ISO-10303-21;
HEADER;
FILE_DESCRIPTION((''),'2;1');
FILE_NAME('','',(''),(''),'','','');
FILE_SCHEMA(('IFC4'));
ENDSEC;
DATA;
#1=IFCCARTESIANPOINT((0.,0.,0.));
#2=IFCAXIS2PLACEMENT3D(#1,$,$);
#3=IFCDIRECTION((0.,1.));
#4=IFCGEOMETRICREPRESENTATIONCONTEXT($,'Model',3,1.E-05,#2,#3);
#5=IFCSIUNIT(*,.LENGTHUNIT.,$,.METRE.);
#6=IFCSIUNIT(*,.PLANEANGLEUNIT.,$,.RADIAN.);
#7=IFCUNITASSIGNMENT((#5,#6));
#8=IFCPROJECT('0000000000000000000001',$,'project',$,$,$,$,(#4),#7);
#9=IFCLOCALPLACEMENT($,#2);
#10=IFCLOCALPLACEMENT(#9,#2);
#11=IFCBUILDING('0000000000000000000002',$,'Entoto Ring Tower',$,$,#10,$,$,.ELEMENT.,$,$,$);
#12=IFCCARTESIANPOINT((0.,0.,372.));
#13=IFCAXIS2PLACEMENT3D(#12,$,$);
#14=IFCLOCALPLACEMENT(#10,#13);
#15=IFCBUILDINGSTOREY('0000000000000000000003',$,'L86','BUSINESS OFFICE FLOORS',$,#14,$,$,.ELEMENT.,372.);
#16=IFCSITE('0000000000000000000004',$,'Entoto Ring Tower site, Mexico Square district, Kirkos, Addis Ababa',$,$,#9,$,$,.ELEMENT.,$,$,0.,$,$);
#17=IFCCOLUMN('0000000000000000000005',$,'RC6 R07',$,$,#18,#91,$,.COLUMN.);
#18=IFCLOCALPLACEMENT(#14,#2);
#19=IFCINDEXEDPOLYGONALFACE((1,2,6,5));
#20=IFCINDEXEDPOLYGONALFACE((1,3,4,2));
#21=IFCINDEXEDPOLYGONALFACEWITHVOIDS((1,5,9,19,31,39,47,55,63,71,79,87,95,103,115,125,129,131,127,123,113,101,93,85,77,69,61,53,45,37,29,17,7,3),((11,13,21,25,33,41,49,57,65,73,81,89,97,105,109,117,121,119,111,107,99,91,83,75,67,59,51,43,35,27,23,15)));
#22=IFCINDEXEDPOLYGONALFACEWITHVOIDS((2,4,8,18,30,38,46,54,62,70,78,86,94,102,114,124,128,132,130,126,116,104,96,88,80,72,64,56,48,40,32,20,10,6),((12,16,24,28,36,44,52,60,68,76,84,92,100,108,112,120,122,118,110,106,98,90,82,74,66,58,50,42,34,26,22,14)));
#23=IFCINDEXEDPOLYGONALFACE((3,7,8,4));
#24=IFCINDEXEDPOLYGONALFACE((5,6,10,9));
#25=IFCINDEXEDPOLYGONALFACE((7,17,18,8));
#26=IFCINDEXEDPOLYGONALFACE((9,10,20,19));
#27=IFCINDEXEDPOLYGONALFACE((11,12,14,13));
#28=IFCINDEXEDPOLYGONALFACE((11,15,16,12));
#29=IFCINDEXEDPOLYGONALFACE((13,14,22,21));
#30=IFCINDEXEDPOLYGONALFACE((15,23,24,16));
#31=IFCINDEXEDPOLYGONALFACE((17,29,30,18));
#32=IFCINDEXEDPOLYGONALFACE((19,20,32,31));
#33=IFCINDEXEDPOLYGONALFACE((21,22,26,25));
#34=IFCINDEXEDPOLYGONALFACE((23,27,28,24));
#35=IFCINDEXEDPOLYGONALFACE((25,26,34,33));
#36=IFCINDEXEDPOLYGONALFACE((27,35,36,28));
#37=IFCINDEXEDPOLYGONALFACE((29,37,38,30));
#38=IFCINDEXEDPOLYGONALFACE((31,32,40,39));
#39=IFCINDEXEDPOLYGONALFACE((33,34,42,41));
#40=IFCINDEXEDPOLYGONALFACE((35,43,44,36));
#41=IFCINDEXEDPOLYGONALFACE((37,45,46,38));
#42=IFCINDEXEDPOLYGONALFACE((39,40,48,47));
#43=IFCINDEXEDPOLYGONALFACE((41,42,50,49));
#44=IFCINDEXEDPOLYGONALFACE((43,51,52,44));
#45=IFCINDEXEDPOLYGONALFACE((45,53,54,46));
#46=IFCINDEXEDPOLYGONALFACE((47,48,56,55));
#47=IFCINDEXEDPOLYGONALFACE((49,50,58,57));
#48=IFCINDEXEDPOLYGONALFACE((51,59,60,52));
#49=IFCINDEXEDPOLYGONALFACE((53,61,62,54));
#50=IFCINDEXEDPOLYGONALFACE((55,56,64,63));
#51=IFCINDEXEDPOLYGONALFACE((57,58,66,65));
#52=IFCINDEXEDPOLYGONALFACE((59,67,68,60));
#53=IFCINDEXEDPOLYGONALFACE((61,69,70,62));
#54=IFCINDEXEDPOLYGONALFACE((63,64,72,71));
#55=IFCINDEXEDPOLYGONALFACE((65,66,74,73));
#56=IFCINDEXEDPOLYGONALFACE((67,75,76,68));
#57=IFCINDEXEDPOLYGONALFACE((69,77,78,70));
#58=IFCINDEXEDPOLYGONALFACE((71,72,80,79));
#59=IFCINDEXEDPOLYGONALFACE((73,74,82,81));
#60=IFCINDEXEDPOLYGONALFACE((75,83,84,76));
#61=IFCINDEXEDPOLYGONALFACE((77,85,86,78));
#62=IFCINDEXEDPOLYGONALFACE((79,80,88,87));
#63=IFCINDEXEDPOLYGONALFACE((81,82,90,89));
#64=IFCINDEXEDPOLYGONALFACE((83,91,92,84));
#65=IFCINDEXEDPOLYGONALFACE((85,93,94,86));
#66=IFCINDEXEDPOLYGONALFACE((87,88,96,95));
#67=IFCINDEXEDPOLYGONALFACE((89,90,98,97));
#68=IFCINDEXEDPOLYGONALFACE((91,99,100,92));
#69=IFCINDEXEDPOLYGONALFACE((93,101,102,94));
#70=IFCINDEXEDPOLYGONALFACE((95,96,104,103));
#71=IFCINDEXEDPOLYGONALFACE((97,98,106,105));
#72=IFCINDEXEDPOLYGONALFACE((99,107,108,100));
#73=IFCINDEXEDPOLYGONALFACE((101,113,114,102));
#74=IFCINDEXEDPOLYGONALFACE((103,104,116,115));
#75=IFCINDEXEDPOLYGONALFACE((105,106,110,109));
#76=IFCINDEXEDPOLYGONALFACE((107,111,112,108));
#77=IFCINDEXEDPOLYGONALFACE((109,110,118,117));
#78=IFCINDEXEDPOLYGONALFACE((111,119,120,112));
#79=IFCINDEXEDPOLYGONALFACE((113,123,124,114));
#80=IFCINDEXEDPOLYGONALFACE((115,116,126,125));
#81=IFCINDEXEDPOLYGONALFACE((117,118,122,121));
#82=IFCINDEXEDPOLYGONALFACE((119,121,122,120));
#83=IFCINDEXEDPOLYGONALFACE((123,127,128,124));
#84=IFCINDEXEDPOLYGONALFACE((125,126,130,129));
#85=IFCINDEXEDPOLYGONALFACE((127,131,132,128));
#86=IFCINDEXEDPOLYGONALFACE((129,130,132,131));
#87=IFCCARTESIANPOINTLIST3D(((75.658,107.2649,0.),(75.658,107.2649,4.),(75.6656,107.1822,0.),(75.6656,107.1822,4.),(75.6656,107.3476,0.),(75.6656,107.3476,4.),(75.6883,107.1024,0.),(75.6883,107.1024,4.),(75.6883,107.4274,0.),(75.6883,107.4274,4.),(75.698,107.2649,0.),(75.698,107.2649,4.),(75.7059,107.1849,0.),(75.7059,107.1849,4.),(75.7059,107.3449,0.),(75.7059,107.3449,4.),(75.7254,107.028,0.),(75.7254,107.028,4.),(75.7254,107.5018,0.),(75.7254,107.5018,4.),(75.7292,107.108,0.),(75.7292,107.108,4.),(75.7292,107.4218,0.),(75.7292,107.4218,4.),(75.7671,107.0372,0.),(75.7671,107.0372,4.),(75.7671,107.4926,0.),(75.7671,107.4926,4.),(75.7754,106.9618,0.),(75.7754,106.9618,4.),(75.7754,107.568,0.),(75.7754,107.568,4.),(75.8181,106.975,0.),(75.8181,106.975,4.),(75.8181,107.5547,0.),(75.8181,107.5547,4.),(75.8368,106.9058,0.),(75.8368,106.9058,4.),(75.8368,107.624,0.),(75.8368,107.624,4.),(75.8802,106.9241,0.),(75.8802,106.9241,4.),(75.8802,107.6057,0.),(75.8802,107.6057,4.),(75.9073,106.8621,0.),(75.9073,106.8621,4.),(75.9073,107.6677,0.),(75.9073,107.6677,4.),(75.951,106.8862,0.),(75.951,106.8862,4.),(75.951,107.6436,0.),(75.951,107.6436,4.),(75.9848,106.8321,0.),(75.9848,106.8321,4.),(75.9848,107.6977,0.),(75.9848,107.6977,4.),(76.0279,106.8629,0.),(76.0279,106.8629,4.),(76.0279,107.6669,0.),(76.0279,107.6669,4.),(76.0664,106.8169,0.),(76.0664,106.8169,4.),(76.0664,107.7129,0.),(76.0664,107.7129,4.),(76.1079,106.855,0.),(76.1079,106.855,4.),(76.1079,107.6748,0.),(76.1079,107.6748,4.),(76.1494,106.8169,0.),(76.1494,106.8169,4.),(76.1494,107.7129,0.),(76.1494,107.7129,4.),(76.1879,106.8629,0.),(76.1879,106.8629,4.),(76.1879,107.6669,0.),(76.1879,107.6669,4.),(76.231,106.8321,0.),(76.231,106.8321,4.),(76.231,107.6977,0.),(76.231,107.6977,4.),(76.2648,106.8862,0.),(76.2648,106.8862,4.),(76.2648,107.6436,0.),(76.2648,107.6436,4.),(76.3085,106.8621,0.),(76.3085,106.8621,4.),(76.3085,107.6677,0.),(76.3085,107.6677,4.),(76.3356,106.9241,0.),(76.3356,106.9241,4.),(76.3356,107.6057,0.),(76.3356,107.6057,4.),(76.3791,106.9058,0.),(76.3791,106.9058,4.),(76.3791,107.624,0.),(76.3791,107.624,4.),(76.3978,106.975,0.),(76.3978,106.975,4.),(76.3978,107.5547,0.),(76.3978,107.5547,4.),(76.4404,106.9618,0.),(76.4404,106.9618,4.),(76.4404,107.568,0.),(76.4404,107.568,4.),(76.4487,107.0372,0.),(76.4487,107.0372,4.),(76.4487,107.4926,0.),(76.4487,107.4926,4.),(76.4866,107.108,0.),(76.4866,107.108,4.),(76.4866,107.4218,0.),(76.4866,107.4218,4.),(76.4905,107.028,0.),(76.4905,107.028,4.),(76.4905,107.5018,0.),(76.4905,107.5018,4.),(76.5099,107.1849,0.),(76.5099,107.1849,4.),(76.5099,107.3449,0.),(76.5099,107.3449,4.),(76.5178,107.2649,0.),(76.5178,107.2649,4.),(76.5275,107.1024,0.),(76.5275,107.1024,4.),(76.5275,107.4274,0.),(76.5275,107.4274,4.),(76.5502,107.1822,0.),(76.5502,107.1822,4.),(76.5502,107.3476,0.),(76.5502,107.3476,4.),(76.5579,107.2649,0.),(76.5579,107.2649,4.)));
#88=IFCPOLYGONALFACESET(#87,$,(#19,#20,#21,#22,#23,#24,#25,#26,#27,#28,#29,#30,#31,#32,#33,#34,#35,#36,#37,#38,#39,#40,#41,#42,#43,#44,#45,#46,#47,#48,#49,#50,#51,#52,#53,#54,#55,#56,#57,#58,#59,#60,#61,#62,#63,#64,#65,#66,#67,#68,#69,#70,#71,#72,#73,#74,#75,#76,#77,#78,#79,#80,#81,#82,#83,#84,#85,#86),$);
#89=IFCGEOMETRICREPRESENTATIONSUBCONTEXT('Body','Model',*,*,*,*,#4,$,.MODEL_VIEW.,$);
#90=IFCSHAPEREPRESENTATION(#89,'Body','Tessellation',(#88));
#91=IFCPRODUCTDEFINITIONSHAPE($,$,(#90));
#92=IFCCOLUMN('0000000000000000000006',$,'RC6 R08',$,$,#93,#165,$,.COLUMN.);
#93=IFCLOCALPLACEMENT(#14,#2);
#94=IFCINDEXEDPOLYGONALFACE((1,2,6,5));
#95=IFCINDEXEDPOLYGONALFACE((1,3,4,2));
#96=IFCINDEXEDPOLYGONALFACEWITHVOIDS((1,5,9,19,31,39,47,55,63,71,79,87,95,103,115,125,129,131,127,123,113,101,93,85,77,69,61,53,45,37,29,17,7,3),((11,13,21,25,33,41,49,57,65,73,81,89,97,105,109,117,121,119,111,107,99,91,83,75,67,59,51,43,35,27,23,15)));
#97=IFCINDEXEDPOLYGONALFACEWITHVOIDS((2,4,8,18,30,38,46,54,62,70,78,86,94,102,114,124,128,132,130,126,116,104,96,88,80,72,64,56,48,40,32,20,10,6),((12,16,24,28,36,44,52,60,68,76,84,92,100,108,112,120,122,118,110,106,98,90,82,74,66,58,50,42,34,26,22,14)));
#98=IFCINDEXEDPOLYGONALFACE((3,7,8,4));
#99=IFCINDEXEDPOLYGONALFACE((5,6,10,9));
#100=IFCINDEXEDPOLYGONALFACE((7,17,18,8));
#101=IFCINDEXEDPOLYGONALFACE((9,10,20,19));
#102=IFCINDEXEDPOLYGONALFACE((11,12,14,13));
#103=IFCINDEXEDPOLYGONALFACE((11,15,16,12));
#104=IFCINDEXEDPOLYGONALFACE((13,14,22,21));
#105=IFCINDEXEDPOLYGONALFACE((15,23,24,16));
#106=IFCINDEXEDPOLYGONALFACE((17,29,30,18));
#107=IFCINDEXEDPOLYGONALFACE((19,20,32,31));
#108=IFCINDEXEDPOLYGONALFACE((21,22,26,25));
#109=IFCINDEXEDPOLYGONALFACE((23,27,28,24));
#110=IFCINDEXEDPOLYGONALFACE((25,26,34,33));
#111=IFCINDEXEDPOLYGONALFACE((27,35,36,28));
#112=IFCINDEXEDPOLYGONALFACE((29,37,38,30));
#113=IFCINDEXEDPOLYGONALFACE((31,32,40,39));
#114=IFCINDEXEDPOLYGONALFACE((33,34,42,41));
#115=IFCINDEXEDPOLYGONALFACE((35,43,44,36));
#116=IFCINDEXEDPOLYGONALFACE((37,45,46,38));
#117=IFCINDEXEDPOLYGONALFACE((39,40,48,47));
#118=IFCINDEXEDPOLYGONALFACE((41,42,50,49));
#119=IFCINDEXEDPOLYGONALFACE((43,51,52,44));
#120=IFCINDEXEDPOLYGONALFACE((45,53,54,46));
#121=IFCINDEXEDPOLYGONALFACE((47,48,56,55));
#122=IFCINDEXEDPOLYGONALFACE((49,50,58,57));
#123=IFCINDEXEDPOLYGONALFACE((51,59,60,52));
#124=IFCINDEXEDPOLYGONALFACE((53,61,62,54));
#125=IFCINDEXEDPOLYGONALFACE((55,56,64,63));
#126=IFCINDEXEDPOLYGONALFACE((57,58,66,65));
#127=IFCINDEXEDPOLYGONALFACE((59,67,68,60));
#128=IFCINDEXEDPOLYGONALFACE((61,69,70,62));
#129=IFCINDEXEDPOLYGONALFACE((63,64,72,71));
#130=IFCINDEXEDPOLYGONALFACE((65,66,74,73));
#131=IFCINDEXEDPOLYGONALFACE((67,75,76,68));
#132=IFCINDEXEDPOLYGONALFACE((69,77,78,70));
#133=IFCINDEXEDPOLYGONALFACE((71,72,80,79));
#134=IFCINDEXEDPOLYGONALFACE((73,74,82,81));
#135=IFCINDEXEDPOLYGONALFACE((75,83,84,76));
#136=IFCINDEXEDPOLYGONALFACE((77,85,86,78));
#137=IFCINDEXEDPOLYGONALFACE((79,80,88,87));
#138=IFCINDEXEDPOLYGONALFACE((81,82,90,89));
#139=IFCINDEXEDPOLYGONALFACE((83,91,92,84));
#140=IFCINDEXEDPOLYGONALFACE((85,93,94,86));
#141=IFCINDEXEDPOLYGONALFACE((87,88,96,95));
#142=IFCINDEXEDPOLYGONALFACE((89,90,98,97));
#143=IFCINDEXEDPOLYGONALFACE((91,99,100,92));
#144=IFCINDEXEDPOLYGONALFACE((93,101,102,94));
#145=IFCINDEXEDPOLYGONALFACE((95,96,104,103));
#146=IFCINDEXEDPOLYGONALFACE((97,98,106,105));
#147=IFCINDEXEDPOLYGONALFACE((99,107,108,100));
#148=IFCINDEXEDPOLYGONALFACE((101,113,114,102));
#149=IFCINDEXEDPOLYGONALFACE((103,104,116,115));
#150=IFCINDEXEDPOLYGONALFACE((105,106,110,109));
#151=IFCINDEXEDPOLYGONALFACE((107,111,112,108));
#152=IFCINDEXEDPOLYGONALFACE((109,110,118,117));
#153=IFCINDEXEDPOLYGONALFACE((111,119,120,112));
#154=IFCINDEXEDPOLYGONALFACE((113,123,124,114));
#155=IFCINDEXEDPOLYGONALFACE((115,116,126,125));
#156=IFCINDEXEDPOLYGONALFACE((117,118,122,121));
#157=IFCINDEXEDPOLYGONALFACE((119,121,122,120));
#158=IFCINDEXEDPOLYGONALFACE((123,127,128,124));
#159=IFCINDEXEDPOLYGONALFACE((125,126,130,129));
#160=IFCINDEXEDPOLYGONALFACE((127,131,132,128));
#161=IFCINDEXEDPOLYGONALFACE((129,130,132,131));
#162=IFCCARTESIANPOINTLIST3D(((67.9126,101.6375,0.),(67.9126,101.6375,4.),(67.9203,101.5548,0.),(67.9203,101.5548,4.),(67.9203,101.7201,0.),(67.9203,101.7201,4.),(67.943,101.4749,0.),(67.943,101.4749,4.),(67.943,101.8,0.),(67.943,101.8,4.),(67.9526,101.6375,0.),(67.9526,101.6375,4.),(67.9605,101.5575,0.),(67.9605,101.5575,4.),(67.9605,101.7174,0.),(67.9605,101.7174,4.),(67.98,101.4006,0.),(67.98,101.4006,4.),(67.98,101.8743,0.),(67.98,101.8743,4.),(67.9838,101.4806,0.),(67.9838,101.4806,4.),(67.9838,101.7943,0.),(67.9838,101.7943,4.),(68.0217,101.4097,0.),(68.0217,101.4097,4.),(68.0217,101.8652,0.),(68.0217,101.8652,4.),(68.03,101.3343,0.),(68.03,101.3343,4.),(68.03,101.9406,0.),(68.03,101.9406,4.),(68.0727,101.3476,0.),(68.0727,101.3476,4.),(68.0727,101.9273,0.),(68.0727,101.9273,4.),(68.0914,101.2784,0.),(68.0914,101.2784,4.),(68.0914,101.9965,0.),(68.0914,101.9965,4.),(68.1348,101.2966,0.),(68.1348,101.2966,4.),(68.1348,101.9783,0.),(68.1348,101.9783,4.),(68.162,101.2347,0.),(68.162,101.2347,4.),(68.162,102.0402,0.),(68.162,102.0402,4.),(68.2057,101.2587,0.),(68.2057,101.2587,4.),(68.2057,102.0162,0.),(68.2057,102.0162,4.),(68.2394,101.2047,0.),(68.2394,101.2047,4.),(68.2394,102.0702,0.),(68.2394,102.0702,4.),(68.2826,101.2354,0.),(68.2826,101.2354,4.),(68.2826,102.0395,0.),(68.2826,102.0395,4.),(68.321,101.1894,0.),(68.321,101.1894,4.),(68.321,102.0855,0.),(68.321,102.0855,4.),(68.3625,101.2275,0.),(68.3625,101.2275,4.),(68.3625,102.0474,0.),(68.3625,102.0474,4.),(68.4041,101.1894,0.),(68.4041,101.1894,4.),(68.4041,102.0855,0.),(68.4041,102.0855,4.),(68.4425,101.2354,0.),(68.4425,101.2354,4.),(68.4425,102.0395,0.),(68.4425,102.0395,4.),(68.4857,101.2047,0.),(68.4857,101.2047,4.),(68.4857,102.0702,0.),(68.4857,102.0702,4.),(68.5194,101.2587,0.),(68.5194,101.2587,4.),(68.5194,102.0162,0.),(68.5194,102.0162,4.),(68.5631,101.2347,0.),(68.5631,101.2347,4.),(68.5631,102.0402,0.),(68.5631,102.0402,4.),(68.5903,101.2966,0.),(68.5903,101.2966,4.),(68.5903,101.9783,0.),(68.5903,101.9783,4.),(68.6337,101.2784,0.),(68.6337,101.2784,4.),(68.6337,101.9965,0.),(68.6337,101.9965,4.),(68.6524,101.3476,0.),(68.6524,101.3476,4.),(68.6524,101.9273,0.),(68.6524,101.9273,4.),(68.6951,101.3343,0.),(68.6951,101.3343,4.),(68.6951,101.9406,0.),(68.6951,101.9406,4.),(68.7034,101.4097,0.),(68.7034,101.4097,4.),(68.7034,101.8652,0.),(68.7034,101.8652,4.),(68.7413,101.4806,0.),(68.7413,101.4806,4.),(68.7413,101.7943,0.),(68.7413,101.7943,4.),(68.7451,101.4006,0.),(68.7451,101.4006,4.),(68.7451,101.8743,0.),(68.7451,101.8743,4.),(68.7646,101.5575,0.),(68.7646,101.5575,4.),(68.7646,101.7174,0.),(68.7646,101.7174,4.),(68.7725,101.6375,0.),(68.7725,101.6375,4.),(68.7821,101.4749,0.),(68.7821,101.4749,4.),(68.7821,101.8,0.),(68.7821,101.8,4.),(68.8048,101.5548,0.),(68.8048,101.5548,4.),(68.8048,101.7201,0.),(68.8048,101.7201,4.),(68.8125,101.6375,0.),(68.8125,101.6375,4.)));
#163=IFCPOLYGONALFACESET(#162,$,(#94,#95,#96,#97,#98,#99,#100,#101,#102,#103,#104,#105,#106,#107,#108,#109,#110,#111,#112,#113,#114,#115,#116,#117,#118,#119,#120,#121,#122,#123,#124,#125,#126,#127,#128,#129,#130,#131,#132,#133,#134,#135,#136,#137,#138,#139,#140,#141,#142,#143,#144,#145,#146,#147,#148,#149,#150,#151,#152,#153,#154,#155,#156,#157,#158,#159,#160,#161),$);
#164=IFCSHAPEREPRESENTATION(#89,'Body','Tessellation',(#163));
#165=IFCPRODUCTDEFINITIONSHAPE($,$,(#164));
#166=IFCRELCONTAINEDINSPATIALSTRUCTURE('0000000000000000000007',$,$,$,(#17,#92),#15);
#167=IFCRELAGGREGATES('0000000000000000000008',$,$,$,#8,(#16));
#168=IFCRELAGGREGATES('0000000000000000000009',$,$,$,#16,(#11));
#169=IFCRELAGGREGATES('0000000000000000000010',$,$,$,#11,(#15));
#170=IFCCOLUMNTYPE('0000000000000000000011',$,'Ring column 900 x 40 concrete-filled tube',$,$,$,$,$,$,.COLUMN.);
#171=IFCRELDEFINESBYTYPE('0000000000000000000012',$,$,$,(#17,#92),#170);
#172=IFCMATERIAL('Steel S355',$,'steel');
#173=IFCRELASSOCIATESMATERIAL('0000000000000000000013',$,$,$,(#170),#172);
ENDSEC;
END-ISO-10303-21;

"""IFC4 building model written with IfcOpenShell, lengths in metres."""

from ifc_helpers import new_model, si_unit, direction, frame, origin, origin_2d, place, context, subcontext, project, spatial, circle, hollow_circle, extrude, material, material_profile, profile_set, type_object, element, save


model = new_model("IFC4")

# Units and contexts
model_context = context("Model", 3, precision=1e-05, world=origin(), true_north=direction((0.0, 1.0)))
body_context = subcontext(model_context, "Body", "Model", "MODEL_VIEW")
ifc_project = project(units=[si_unit("LENGTHUNIT", "METRE"), si_unit("PLANEANGLEUNIT", "RADIAN")], contexts=[model_context])

# Site, building, storey
site_placement = place(None, origin())
site = spatial("IfcSite", under=ifc_project, at=site_placement, Name="Entoto Ring Tower site, Mexico Square district, Kirkos, Addis Ababa", CompositionType="ELEMENT", RefElevation=0.0)
building_placement = place(site_placement, origin())
building = spatial("IfcBuilding", under=site, at=building_placement, Name="Entoto Ring Tower", CompositionType="ELEMENT")
storey_placement = place(building_placement, frame((0.0, 0.0, 372.0)))
storey = spatial("IfcBuildingStorey", under=building, at=storey_placement, Name="L86", Description="BUSINESS OFFICE FLOORS", CompositionType="ELEMENT", Elevation=372.0)

# Columns
ifc_material_1 = material(Name="Steel S355", Category="steel")
ifc_material_profile_1 = material_profile(ifc_material_1, hollow_circle(Radius=0.45, WallThickness=0.04, at=origin_2d()), Name="CHS 900 x 40")
ifc_material_2 = material(Name="Concrete C60/75", Category="concrete")
ifc_material_profile_2 = material_profile(ifc_material_2, circle(Radius=0.4099, at=origin_2d()), Name="Concrete C60/75 infill")
ifc_profile_set_1 = profile_set([ifc_material_profile_1, ifc_material_profile_2], Name="Steel S355")
column_type = type_object("IfcColumnType", Name="Ring column 900 x 40 concrete-filled tube", PredefinedType="COLUMN", material=ifc_profile_set_1)
for number, where, z_axis, x_axis, name in (
    (1, (76.1079, 107.2649, 0.0), (0.0, 0.0, 1.0), (1.0, 0.0, 0.0), "RC6 R07"),
    (2, (68.3625, 101.6375, 0.0), (0.0, 0.0, 1.0), (1.0, 0.0, 0.0), "RC6 R08"),
):
    element("IfcColumn", number, at=place(storey_placement, frame(where, z_axis=z_axis, x_axis=x_axis)), inside=storey, type_object=column_type, Name=name, PredefinedType="COLUMN", context=body_context, shape_type="SweptSolid", body=[
        extrude(hollow_circle(Radius=0.45, WallThickness=0.04, at=origin_2d()), origin(), (0.0, 0.0, 1.0), 4.0),
    ])

save(model, "model.ifc")
